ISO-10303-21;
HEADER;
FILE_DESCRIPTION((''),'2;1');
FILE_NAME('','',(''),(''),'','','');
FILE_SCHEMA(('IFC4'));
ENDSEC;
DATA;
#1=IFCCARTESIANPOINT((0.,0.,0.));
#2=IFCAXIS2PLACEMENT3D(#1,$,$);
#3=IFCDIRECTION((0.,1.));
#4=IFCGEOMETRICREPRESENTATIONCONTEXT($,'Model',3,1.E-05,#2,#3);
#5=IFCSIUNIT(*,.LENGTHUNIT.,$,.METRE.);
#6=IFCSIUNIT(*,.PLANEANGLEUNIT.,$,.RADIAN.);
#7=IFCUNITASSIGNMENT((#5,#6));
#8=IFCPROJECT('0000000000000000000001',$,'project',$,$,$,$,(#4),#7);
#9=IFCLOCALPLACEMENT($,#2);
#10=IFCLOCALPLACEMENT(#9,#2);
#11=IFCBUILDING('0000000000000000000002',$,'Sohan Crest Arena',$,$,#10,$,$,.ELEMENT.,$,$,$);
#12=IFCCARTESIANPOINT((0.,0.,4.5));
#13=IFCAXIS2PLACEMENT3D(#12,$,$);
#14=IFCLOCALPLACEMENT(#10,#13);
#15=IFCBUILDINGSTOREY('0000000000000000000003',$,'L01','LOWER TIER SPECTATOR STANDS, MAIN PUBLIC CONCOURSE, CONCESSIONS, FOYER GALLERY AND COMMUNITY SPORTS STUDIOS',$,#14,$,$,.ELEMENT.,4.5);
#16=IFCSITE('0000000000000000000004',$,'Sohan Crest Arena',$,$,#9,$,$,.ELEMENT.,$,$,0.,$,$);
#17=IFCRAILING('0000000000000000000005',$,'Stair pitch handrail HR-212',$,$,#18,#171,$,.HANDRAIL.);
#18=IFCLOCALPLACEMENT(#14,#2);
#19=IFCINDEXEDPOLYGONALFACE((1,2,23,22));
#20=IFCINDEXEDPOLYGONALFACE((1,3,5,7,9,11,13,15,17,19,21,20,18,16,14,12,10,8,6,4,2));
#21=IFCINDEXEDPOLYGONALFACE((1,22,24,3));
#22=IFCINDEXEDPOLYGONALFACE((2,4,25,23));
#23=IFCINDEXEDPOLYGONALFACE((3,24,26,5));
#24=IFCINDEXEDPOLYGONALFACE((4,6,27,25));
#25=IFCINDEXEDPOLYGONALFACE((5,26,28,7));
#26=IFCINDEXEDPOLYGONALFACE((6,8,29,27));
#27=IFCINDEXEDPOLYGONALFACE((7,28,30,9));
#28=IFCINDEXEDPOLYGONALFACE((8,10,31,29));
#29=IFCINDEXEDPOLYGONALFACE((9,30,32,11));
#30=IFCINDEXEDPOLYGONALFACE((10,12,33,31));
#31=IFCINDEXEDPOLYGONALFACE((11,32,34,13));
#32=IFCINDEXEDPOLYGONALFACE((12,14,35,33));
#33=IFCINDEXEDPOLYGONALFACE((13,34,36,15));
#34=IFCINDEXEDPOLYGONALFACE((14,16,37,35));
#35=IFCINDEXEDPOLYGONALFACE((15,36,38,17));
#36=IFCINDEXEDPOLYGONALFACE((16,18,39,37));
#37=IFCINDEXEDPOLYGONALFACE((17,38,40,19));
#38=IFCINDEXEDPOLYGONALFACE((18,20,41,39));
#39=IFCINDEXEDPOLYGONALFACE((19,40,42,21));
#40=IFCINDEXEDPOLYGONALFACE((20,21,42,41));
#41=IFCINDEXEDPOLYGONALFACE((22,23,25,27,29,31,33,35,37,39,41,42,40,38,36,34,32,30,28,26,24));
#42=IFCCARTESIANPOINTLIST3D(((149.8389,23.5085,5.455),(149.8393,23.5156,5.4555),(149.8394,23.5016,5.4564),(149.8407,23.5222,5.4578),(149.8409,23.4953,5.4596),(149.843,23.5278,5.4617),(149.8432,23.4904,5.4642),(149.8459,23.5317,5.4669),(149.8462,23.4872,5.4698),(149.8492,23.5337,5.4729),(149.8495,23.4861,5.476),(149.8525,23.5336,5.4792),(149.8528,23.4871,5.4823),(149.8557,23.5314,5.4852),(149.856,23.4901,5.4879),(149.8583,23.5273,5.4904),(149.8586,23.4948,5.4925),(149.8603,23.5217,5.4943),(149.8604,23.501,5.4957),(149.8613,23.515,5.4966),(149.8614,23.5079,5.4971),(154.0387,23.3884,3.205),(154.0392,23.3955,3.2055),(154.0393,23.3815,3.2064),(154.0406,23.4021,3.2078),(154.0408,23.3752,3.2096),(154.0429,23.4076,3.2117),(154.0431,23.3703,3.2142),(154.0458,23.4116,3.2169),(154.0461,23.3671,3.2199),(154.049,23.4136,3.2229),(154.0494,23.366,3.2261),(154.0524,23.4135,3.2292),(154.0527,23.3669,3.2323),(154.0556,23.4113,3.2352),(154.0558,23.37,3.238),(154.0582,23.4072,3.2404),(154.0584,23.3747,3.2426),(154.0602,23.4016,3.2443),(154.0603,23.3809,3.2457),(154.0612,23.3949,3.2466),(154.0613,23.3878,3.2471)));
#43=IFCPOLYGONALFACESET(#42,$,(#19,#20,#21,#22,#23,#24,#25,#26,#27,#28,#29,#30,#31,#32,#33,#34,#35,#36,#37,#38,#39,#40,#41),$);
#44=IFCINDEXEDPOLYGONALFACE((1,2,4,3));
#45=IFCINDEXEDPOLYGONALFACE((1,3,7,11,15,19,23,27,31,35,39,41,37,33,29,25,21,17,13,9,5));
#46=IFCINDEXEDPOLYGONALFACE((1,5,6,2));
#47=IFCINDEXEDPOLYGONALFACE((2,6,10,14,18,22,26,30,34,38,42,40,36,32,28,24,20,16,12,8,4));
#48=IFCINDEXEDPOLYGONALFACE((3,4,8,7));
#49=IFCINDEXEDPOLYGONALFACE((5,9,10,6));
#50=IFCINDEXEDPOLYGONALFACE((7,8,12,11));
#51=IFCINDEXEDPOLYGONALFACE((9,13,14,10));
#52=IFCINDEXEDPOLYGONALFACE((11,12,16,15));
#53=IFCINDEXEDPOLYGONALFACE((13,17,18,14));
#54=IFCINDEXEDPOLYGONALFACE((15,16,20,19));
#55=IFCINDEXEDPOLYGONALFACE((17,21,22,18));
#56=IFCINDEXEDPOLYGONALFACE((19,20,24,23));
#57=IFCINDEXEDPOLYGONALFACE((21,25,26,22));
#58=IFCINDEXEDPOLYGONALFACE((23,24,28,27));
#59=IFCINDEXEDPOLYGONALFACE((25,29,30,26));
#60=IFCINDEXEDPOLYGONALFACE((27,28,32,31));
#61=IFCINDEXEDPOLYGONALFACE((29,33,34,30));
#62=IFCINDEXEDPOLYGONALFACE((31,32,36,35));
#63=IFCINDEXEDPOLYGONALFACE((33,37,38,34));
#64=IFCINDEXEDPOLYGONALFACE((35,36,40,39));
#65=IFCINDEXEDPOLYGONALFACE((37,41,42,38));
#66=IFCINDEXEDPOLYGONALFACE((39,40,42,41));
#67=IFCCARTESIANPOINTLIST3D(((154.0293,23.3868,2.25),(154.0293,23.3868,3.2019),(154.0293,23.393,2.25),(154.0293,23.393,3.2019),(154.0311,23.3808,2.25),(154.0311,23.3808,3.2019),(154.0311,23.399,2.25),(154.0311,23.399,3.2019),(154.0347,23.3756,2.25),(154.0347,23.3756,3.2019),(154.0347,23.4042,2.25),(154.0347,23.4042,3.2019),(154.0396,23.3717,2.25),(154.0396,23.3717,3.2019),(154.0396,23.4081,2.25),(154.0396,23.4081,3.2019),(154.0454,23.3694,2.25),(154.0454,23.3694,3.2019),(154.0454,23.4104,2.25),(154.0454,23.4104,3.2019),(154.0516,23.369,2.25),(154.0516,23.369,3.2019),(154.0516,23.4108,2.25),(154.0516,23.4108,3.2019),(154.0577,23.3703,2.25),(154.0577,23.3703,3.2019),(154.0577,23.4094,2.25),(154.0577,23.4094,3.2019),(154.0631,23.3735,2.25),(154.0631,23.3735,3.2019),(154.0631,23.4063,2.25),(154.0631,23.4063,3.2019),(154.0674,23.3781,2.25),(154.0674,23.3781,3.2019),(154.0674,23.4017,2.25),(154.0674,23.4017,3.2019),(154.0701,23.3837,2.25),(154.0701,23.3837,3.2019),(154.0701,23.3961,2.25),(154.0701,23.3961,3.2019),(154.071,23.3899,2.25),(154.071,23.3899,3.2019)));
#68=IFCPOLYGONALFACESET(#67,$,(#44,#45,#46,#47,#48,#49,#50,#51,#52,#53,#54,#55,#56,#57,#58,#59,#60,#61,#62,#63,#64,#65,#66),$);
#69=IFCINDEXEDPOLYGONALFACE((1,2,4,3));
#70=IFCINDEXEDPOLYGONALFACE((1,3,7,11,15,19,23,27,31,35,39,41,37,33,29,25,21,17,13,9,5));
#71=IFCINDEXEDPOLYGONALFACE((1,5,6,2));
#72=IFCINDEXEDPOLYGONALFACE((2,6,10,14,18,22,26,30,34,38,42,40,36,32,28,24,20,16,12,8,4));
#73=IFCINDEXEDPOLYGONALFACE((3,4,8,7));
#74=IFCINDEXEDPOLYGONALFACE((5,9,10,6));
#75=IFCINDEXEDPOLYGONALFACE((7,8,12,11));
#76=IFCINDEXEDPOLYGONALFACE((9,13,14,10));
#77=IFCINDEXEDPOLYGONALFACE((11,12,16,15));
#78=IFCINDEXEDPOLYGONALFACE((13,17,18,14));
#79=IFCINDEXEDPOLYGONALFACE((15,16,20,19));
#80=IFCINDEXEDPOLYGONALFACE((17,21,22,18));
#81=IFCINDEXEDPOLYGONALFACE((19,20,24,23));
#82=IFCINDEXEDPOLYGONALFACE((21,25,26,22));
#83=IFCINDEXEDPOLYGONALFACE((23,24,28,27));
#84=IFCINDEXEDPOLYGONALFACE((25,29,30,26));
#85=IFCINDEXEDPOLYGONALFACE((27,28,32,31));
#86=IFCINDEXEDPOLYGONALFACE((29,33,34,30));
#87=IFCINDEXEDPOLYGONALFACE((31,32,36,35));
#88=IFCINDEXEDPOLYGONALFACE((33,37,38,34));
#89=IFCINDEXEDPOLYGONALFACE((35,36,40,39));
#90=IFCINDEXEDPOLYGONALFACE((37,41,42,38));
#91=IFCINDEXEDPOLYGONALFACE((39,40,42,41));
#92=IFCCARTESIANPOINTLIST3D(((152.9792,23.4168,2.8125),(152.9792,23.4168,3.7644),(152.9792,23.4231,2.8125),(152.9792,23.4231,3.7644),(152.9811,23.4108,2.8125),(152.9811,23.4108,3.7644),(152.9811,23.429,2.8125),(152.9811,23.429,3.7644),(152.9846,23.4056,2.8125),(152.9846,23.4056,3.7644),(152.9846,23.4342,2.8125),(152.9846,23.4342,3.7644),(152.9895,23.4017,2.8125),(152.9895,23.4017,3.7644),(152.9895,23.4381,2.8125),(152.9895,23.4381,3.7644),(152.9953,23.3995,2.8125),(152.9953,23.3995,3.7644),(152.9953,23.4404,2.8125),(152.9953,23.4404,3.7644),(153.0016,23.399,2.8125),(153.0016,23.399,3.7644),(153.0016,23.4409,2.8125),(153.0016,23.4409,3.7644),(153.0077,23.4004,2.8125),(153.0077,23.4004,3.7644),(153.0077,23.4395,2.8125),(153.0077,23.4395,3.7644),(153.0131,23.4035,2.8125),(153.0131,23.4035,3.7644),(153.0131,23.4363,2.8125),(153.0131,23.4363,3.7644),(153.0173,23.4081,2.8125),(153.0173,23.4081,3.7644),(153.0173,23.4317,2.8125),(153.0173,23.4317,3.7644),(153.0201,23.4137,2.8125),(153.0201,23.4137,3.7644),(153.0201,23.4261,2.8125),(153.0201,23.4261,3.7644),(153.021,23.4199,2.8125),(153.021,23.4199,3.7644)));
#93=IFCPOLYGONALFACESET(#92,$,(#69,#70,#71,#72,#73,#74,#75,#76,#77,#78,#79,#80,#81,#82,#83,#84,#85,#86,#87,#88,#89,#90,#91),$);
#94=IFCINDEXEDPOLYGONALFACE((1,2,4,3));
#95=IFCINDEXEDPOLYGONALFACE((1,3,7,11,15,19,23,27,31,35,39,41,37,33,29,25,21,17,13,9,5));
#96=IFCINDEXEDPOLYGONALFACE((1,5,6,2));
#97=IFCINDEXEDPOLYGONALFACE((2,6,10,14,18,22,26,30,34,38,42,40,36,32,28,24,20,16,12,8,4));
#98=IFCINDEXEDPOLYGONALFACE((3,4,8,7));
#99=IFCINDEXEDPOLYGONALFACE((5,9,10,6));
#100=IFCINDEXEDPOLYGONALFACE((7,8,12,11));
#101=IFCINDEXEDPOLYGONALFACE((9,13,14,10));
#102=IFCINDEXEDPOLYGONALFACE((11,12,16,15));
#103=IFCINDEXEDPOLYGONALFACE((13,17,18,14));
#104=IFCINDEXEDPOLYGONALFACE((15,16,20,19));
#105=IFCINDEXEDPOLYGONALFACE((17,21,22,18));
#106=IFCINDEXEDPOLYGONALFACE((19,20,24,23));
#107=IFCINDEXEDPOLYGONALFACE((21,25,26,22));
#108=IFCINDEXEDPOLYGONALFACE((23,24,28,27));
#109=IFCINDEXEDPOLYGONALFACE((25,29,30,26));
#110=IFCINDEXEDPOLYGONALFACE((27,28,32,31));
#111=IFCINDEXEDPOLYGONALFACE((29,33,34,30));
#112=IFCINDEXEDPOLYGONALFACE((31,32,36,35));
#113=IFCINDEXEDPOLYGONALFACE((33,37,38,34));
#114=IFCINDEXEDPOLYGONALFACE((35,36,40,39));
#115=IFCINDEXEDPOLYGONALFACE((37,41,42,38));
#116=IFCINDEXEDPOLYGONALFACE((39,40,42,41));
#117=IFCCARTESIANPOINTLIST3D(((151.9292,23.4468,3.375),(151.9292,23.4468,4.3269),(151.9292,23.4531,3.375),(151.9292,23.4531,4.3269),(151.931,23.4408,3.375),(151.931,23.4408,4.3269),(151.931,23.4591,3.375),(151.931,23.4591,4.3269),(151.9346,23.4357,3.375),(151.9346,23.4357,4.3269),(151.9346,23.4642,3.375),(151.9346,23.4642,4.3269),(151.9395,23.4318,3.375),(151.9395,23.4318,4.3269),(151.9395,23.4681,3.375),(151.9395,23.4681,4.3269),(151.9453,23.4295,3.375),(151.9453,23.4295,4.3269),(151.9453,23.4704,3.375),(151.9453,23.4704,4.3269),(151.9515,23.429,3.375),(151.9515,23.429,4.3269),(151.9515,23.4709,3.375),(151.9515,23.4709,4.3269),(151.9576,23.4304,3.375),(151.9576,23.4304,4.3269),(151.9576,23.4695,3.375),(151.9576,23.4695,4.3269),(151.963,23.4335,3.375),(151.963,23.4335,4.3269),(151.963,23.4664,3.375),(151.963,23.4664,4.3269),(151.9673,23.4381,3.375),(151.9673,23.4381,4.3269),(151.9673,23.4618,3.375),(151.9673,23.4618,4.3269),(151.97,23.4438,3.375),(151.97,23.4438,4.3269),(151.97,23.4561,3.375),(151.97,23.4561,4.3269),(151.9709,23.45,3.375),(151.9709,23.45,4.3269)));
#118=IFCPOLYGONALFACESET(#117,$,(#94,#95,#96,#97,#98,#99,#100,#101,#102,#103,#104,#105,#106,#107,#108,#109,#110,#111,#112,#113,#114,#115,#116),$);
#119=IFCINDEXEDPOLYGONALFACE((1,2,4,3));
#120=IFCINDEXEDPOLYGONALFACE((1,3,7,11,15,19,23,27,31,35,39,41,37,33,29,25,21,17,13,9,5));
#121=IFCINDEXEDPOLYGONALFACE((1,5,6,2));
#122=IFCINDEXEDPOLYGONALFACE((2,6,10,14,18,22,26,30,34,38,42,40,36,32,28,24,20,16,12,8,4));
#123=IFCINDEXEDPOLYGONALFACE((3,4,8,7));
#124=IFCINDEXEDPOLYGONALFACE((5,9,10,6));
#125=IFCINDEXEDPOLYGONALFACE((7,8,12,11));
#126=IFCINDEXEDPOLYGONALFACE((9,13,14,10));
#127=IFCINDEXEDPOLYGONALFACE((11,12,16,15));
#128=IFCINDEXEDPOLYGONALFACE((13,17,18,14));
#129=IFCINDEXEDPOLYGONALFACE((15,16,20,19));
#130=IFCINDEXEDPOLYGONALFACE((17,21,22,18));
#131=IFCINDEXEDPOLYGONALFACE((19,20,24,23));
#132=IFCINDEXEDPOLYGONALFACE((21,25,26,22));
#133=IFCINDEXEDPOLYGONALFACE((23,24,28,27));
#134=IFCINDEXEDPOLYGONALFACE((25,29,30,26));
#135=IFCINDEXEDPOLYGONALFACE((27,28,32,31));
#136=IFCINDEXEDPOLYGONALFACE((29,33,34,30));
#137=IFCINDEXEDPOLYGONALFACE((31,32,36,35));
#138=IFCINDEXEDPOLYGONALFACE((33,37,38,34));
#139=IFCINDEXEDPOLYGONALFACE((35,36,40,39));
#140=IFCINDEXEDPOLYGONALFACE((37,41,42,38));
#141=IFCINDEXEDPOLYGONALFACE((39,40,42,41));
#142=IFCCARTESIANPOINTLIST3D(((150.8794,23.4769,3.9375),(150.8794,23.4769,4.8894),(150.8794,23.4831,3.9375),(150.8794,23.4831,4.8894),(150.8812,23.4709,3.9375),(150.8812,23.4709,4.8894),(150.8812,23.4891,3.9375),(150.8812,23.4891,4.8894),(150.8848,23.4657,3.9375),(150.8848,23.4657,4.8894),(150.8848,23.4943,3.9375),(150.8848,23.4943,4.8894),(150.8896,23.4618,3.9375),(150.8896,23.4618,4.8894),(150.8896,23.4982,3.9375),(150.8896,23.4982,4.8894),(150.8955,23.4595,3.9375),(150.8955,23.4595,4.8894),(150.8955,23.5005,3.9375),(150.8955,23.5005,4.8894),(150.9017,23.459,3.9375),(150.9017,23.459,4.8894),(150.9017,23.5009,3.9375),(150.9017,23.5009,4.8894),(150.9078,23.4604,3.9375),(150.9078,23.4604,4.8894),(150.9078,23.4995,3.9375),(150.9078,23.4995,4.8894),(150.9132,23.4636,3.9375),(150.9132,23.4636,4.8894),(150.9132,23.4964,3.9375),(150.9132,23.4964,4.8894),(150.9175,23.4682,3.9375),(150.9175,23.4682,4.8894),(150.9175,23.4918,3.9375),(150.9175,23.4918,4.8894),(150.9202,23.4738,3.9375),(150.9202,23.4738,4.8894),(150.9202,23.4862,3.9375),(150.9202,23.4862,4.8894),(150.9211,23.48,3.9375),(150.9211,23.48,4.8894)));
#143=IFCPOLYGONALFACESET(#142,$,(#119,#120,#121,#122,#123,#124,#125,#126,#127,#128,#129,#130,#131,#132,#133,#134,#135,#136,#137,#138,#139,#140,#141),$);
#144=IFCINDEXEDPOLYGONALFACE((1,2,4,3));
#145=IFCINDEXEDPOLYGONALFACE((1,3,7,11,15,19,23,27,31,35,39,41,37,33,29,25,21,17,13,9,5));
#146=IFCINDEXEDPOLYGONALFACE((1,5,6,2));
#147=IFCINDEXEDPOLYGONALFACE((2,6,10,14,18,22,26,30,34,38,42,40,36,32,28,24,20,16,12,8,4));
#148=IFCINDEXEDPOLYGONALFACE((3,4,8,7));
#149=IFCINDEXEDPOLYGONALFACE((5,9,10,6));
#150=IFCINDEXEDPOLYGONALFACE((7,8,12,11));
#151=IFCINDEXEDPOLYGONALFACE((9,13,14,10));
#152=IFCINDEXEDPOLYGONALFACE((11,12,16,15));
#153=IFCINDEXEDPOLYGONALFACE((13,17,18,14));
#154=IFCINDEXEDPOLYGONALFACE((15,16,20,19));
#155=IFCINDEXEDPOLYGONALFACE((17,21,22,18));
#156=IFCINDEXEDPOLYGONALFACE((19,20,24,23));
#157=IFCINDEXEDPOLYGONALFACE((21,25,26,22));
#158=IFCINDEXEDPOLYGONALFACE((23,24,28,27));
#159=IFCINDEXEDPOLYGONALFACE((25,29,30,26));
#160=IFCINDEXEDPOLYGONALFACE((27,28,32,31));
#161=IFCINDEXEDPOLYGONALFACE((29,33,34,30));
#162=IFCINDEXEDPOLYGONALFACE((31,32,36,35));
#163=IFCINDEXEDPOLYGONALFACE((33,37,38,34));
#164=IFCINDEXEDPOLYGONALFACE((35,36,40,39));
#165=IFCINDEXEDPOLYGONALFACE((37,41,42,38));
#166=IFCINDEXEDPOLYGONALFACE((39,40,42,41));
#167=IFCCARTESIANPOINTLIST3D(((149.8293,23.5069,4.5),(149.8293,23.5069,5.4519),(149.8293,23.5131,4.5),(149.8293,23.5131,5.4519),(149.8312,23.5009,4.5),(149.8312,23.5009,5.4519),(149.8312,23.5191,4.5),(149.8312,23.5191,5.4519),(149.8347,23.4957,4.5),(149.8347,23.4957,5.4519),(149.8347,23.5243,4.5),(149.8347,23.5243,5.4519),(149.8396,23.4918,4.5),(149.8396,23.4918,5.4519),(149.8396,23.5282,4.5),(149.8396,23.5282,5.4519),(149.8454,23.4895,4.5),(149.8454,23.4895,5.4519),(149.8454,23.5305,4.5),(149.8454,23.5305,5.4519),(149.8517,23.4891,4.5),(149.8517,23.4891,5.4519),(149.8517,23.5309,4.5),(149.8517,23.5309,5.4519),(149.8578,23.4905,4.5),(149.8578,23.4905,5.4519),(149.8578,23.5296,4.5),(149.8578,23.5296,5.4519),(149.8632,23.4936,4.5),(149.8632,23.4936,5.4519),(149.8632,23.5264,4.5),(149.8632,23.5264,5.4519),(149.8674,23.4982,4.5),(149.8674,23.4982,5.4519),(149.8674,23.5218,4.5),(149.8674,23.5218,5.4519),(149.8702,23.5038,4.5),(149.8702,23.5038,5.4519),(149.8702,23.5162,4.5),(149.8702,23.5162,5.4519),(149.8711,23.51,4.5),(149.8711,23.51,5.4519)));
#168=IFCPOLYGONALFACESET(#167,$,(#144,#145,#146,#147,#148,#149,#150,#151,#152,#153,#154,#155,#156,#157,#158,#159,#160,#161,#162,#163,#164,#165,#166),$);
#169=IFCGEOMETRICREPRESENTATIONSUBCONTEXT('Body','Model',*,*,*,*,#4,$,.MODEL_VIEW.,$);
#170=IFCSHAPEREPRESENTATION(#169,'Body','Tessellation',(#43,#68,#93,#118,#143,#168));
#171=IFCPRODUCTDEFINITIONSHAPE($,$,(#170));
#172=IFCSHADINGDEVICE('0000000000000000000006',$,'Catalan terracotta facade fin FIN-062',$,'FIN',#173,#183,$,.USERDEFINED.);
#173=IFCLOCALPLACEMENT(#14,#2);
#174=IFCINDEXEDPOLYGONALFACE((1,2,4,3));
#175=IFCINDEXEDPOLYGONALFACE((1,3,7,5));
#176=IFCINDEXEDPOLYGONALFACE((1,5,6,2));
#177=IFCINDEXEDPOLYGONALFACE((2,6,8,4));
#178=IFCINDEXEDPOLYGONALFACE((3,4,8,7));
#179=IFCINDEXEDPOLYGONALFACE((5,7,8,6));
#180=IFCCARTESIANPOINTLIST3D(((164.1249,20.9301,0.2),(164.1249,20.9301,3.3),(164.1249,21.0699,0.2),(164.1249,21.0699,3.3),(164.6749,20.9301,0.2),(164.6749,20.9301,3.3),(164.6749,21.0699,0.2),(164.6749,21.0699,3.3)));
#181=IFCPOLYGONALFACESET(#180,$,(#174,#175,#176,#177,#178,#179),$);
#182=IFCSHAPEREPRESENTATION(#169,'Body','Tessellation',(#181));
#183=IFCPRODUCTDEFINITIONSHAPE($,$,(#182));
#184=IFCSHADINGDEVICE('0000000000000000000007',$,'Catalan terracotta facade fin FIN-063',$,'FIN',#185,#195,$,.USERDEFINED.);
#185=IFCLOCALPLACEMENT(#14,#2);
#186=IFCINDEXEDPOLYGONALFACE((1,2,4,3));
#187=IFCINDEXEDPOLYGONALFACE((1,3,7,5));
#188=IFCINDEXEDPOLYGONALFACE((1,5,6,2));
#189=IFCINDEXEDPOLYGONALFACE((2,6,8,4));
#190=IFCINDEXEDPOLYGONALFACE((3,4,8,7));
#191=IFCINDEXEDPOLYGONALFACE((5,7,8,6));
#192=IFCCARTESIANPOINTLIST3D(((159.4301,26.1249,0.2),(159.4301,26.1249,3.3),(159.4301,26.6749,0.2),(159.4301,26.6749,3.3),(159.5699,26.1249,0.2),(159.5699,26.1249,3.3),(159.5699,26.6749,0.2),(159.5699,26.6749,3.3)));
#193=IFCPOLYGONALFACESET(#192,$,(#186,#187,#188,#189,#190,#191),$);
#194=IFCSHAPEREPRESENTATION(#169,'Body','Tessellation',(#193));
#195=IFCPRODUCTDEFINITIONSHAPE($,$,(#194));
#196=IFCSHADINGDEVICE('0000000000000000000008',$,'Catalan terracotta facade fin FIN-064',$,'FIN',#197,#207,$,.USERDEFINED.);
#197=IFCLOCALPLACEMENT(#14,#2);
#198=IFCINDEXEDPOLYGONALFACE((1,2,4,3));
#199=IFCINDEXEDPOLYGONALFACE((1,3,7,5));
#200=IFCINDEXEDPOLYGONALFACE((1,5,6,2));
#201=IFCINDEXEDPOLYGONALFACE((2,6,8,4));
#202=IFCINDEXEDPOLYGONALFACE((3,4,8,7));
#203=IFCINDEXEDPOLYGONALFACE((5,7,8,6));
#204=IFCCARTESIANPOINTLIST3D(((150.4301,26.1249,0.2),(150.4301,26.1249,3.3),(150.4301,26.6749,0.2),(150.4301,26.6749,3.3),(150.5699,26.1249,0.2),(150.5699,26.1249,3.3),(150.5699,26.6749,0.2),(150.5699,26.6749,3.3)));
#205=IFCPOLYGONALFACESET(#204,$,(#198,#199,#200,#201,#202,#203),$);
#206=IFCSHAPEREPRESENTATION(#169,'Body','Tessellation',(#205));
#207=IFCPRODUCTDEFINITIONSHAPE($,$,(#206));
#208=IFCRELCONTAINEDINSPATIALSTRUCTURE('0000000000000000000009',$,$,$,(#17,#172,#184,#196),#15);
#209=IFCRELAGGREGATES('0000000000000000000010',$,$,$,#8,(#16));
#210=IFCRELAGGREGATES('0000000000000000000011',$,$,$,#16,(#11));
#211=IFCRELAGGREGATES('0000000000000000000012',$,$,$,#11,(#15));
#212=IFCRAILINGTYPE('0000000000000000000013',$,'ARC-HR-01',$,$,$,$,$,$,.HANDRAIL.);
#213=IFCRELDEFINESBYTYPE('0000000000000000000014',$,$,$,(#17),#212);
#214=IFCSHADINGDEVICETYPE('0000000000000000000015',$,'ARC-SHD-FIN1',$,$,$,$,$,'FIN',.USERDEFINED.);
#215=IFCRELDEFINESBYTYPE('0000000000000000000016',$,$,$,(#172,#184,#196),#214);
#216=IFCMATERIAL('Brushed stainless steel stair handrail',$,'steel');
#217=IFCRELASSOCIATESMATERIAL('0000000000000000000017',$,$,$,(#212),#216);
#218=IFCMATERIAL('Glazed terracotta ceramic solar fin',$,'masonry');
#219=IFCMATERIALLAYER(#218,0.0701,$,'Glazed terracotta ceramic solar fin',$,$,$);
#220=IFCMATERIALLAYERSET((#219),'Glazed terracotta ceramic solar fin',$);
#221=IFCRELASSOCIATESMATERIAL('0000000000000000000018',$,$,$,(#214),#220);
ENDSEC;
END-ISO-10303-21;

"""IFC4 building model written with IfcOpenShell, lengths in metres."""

from ifc_helpers import new_model, si_unit, direction, frame, origin, origin_2d, place, context, subcontext, project, spatial, rectangle, circle, extrude, material, layer, layer_set, type_object, element, save


model = new_model("IFC4")

# Units and contexts
model_context = context("Model", 3, precision=1e-05, world=origin(), true_north=direction((0.0, 1.0)))
body_context = subcontext(model_context, "Body", "Model", "MODEL_VIEW")
ifc_project = project(units=[si_unit("LENGTHUNIT", "METRE"), si_unit("PLANEANGLEUNIT", "RADIAN")], contexts=[model_context])

# Site, building, storey
site_placement = place(None, origin())
site = spatial("IfcSite", under=ifc_project, at=site_placement, Name="Sohan Crest Arena", CompositionType="ELEMENT", RefElevation=0.0)
building_placement = place(site_placement, origin())
building = spatial("IfcBuilding", under=site, at=building_placement, Name="Sohan Crest Arena", CompositionType="ELEMENT")
storey_placement = place(building_placement, frame((0.0, 0.0, 4.5)))
storey = spatial("IfcBuildingStorey", under=building, at=storey_placement, Name="L01", Description="LOWER TIER SPECTATOR STANDS, MAIN PUBLIC CONCOURSE, CONCESSIONS, FOYER GALLERY AND COMMUNITY SPORTS STUDIOS", CompositionType="ELEMENT", Elevation=4.5)

# Railing
ifc_material_1 = material(Name="Brushed stainless steel stair handrail", Category="steel")
railing_type_1 = type_object("IfcRailingType", Name="ARC-HR-01", PredefinedType="HANDRAIL", material=ifc_material_1)
railing_1_placement = place(storey_placement, frame((154.05, 23.3899, 2.25)))
element("IfcRailing", 1, at=railing_1_placement, inside=storey, type_object=railing_type_1, Name="Stair pitch handrail HR-212", PredefinedType="HANDRAIL", context=body_context, shape_type="SweptSolid", body=[
    extrude(circle(Radius=0.0239, at=origin_2d()), frame((0.0, 0.0, 0.9761), z_axis=(-0.881198, 0.025202, 0.472076), x_axis=(-0.028588, -0.999591, 0.0)), (0.0, 0.0, 1.0), 4.7661),
    extrude(circle(Radius=0.021, at=origin_2d()), origin(), (0.0, 0.0, 1.0), 0.9519),
    extrude(circle(Radius=0.021, at=origin_2d()), frame((-1.05, 0.03, 0.5625)), (0.0, 0.0, 1.0), 0.9519),
    extrude(circle(Radius=0.021, at=origin_2d()), frame((-2.1001, 0.0601, 1.125)), (0.0, 0.0, 1.0), 0.9519),
    extrude(circle(Radius=0.021, at=origin_2d()), frame((-3.1499, 0.0901, 1.6875)), (0.0, 0.0, 1.0), 0.9519),
    extrude(circle(Radius=0.021, at=origin_2d()), frame((-4.2, 0.1201, 2.25)), (0.0, 0.0, 1.0), 0.9519),
])

# Shading devices
ifc_material_2 = material(Name="Glazed terracotta ceramic solar fin", Category="masonry")
ifc_layer_1 = layer(ifc_material_2, 0.0701, Name="Glazed terracotta ceramic solar fin")
ifc_layer_set_1 = layer_set([ifc_layer_1], Name="Glazed terracotta ceramic solar fin")
shading_device_type = type_object("IfcShadingDeviceType", Name="ARC-SHD-FIN1", ElementType="FIN", PredefinedType="USERDEFINED", material=ifc_layer_set_1)
for number, where, z_axis, x_axis, name in (
    (2, (164.3999, 21.0, 0.2), (0.0, 0.0, 1.0), (0.0, 1.0, 0.0), "Catalan terracotta facade fin FIN-062"),
    (3, (159.5, 26.3999, 0.2), (0.0, 0.0, 1.0), (-1.0, 0.0, 0.0), "Catalan terracotta facade fin FIN-063"),
    (4, (150.5, 26.3999, 0.2), (0.0, 0.0, 1.0), (-1.0, 0.0, 0.0), "Catalan terracotta facade fin FIN-064"),
):
    element("IfcShadingDevice", number, at=place(storey_placement, frame(where, z_axis=z_axis, x_axis=x_axis)), inside=storey, type_object=shading_device_type, Name=name, ObjectType="FIN", PredefinedType="USERDEFINED", context=body_context, shape_type="SweptSolid", body=[
        extrude(rectangle(XDim=0.1399, YDim=0.55, at=origin_2d()), origin(), (0.0, 0.0, 1.0), 3.1001),
    ])

save(model, "model.ifc")
